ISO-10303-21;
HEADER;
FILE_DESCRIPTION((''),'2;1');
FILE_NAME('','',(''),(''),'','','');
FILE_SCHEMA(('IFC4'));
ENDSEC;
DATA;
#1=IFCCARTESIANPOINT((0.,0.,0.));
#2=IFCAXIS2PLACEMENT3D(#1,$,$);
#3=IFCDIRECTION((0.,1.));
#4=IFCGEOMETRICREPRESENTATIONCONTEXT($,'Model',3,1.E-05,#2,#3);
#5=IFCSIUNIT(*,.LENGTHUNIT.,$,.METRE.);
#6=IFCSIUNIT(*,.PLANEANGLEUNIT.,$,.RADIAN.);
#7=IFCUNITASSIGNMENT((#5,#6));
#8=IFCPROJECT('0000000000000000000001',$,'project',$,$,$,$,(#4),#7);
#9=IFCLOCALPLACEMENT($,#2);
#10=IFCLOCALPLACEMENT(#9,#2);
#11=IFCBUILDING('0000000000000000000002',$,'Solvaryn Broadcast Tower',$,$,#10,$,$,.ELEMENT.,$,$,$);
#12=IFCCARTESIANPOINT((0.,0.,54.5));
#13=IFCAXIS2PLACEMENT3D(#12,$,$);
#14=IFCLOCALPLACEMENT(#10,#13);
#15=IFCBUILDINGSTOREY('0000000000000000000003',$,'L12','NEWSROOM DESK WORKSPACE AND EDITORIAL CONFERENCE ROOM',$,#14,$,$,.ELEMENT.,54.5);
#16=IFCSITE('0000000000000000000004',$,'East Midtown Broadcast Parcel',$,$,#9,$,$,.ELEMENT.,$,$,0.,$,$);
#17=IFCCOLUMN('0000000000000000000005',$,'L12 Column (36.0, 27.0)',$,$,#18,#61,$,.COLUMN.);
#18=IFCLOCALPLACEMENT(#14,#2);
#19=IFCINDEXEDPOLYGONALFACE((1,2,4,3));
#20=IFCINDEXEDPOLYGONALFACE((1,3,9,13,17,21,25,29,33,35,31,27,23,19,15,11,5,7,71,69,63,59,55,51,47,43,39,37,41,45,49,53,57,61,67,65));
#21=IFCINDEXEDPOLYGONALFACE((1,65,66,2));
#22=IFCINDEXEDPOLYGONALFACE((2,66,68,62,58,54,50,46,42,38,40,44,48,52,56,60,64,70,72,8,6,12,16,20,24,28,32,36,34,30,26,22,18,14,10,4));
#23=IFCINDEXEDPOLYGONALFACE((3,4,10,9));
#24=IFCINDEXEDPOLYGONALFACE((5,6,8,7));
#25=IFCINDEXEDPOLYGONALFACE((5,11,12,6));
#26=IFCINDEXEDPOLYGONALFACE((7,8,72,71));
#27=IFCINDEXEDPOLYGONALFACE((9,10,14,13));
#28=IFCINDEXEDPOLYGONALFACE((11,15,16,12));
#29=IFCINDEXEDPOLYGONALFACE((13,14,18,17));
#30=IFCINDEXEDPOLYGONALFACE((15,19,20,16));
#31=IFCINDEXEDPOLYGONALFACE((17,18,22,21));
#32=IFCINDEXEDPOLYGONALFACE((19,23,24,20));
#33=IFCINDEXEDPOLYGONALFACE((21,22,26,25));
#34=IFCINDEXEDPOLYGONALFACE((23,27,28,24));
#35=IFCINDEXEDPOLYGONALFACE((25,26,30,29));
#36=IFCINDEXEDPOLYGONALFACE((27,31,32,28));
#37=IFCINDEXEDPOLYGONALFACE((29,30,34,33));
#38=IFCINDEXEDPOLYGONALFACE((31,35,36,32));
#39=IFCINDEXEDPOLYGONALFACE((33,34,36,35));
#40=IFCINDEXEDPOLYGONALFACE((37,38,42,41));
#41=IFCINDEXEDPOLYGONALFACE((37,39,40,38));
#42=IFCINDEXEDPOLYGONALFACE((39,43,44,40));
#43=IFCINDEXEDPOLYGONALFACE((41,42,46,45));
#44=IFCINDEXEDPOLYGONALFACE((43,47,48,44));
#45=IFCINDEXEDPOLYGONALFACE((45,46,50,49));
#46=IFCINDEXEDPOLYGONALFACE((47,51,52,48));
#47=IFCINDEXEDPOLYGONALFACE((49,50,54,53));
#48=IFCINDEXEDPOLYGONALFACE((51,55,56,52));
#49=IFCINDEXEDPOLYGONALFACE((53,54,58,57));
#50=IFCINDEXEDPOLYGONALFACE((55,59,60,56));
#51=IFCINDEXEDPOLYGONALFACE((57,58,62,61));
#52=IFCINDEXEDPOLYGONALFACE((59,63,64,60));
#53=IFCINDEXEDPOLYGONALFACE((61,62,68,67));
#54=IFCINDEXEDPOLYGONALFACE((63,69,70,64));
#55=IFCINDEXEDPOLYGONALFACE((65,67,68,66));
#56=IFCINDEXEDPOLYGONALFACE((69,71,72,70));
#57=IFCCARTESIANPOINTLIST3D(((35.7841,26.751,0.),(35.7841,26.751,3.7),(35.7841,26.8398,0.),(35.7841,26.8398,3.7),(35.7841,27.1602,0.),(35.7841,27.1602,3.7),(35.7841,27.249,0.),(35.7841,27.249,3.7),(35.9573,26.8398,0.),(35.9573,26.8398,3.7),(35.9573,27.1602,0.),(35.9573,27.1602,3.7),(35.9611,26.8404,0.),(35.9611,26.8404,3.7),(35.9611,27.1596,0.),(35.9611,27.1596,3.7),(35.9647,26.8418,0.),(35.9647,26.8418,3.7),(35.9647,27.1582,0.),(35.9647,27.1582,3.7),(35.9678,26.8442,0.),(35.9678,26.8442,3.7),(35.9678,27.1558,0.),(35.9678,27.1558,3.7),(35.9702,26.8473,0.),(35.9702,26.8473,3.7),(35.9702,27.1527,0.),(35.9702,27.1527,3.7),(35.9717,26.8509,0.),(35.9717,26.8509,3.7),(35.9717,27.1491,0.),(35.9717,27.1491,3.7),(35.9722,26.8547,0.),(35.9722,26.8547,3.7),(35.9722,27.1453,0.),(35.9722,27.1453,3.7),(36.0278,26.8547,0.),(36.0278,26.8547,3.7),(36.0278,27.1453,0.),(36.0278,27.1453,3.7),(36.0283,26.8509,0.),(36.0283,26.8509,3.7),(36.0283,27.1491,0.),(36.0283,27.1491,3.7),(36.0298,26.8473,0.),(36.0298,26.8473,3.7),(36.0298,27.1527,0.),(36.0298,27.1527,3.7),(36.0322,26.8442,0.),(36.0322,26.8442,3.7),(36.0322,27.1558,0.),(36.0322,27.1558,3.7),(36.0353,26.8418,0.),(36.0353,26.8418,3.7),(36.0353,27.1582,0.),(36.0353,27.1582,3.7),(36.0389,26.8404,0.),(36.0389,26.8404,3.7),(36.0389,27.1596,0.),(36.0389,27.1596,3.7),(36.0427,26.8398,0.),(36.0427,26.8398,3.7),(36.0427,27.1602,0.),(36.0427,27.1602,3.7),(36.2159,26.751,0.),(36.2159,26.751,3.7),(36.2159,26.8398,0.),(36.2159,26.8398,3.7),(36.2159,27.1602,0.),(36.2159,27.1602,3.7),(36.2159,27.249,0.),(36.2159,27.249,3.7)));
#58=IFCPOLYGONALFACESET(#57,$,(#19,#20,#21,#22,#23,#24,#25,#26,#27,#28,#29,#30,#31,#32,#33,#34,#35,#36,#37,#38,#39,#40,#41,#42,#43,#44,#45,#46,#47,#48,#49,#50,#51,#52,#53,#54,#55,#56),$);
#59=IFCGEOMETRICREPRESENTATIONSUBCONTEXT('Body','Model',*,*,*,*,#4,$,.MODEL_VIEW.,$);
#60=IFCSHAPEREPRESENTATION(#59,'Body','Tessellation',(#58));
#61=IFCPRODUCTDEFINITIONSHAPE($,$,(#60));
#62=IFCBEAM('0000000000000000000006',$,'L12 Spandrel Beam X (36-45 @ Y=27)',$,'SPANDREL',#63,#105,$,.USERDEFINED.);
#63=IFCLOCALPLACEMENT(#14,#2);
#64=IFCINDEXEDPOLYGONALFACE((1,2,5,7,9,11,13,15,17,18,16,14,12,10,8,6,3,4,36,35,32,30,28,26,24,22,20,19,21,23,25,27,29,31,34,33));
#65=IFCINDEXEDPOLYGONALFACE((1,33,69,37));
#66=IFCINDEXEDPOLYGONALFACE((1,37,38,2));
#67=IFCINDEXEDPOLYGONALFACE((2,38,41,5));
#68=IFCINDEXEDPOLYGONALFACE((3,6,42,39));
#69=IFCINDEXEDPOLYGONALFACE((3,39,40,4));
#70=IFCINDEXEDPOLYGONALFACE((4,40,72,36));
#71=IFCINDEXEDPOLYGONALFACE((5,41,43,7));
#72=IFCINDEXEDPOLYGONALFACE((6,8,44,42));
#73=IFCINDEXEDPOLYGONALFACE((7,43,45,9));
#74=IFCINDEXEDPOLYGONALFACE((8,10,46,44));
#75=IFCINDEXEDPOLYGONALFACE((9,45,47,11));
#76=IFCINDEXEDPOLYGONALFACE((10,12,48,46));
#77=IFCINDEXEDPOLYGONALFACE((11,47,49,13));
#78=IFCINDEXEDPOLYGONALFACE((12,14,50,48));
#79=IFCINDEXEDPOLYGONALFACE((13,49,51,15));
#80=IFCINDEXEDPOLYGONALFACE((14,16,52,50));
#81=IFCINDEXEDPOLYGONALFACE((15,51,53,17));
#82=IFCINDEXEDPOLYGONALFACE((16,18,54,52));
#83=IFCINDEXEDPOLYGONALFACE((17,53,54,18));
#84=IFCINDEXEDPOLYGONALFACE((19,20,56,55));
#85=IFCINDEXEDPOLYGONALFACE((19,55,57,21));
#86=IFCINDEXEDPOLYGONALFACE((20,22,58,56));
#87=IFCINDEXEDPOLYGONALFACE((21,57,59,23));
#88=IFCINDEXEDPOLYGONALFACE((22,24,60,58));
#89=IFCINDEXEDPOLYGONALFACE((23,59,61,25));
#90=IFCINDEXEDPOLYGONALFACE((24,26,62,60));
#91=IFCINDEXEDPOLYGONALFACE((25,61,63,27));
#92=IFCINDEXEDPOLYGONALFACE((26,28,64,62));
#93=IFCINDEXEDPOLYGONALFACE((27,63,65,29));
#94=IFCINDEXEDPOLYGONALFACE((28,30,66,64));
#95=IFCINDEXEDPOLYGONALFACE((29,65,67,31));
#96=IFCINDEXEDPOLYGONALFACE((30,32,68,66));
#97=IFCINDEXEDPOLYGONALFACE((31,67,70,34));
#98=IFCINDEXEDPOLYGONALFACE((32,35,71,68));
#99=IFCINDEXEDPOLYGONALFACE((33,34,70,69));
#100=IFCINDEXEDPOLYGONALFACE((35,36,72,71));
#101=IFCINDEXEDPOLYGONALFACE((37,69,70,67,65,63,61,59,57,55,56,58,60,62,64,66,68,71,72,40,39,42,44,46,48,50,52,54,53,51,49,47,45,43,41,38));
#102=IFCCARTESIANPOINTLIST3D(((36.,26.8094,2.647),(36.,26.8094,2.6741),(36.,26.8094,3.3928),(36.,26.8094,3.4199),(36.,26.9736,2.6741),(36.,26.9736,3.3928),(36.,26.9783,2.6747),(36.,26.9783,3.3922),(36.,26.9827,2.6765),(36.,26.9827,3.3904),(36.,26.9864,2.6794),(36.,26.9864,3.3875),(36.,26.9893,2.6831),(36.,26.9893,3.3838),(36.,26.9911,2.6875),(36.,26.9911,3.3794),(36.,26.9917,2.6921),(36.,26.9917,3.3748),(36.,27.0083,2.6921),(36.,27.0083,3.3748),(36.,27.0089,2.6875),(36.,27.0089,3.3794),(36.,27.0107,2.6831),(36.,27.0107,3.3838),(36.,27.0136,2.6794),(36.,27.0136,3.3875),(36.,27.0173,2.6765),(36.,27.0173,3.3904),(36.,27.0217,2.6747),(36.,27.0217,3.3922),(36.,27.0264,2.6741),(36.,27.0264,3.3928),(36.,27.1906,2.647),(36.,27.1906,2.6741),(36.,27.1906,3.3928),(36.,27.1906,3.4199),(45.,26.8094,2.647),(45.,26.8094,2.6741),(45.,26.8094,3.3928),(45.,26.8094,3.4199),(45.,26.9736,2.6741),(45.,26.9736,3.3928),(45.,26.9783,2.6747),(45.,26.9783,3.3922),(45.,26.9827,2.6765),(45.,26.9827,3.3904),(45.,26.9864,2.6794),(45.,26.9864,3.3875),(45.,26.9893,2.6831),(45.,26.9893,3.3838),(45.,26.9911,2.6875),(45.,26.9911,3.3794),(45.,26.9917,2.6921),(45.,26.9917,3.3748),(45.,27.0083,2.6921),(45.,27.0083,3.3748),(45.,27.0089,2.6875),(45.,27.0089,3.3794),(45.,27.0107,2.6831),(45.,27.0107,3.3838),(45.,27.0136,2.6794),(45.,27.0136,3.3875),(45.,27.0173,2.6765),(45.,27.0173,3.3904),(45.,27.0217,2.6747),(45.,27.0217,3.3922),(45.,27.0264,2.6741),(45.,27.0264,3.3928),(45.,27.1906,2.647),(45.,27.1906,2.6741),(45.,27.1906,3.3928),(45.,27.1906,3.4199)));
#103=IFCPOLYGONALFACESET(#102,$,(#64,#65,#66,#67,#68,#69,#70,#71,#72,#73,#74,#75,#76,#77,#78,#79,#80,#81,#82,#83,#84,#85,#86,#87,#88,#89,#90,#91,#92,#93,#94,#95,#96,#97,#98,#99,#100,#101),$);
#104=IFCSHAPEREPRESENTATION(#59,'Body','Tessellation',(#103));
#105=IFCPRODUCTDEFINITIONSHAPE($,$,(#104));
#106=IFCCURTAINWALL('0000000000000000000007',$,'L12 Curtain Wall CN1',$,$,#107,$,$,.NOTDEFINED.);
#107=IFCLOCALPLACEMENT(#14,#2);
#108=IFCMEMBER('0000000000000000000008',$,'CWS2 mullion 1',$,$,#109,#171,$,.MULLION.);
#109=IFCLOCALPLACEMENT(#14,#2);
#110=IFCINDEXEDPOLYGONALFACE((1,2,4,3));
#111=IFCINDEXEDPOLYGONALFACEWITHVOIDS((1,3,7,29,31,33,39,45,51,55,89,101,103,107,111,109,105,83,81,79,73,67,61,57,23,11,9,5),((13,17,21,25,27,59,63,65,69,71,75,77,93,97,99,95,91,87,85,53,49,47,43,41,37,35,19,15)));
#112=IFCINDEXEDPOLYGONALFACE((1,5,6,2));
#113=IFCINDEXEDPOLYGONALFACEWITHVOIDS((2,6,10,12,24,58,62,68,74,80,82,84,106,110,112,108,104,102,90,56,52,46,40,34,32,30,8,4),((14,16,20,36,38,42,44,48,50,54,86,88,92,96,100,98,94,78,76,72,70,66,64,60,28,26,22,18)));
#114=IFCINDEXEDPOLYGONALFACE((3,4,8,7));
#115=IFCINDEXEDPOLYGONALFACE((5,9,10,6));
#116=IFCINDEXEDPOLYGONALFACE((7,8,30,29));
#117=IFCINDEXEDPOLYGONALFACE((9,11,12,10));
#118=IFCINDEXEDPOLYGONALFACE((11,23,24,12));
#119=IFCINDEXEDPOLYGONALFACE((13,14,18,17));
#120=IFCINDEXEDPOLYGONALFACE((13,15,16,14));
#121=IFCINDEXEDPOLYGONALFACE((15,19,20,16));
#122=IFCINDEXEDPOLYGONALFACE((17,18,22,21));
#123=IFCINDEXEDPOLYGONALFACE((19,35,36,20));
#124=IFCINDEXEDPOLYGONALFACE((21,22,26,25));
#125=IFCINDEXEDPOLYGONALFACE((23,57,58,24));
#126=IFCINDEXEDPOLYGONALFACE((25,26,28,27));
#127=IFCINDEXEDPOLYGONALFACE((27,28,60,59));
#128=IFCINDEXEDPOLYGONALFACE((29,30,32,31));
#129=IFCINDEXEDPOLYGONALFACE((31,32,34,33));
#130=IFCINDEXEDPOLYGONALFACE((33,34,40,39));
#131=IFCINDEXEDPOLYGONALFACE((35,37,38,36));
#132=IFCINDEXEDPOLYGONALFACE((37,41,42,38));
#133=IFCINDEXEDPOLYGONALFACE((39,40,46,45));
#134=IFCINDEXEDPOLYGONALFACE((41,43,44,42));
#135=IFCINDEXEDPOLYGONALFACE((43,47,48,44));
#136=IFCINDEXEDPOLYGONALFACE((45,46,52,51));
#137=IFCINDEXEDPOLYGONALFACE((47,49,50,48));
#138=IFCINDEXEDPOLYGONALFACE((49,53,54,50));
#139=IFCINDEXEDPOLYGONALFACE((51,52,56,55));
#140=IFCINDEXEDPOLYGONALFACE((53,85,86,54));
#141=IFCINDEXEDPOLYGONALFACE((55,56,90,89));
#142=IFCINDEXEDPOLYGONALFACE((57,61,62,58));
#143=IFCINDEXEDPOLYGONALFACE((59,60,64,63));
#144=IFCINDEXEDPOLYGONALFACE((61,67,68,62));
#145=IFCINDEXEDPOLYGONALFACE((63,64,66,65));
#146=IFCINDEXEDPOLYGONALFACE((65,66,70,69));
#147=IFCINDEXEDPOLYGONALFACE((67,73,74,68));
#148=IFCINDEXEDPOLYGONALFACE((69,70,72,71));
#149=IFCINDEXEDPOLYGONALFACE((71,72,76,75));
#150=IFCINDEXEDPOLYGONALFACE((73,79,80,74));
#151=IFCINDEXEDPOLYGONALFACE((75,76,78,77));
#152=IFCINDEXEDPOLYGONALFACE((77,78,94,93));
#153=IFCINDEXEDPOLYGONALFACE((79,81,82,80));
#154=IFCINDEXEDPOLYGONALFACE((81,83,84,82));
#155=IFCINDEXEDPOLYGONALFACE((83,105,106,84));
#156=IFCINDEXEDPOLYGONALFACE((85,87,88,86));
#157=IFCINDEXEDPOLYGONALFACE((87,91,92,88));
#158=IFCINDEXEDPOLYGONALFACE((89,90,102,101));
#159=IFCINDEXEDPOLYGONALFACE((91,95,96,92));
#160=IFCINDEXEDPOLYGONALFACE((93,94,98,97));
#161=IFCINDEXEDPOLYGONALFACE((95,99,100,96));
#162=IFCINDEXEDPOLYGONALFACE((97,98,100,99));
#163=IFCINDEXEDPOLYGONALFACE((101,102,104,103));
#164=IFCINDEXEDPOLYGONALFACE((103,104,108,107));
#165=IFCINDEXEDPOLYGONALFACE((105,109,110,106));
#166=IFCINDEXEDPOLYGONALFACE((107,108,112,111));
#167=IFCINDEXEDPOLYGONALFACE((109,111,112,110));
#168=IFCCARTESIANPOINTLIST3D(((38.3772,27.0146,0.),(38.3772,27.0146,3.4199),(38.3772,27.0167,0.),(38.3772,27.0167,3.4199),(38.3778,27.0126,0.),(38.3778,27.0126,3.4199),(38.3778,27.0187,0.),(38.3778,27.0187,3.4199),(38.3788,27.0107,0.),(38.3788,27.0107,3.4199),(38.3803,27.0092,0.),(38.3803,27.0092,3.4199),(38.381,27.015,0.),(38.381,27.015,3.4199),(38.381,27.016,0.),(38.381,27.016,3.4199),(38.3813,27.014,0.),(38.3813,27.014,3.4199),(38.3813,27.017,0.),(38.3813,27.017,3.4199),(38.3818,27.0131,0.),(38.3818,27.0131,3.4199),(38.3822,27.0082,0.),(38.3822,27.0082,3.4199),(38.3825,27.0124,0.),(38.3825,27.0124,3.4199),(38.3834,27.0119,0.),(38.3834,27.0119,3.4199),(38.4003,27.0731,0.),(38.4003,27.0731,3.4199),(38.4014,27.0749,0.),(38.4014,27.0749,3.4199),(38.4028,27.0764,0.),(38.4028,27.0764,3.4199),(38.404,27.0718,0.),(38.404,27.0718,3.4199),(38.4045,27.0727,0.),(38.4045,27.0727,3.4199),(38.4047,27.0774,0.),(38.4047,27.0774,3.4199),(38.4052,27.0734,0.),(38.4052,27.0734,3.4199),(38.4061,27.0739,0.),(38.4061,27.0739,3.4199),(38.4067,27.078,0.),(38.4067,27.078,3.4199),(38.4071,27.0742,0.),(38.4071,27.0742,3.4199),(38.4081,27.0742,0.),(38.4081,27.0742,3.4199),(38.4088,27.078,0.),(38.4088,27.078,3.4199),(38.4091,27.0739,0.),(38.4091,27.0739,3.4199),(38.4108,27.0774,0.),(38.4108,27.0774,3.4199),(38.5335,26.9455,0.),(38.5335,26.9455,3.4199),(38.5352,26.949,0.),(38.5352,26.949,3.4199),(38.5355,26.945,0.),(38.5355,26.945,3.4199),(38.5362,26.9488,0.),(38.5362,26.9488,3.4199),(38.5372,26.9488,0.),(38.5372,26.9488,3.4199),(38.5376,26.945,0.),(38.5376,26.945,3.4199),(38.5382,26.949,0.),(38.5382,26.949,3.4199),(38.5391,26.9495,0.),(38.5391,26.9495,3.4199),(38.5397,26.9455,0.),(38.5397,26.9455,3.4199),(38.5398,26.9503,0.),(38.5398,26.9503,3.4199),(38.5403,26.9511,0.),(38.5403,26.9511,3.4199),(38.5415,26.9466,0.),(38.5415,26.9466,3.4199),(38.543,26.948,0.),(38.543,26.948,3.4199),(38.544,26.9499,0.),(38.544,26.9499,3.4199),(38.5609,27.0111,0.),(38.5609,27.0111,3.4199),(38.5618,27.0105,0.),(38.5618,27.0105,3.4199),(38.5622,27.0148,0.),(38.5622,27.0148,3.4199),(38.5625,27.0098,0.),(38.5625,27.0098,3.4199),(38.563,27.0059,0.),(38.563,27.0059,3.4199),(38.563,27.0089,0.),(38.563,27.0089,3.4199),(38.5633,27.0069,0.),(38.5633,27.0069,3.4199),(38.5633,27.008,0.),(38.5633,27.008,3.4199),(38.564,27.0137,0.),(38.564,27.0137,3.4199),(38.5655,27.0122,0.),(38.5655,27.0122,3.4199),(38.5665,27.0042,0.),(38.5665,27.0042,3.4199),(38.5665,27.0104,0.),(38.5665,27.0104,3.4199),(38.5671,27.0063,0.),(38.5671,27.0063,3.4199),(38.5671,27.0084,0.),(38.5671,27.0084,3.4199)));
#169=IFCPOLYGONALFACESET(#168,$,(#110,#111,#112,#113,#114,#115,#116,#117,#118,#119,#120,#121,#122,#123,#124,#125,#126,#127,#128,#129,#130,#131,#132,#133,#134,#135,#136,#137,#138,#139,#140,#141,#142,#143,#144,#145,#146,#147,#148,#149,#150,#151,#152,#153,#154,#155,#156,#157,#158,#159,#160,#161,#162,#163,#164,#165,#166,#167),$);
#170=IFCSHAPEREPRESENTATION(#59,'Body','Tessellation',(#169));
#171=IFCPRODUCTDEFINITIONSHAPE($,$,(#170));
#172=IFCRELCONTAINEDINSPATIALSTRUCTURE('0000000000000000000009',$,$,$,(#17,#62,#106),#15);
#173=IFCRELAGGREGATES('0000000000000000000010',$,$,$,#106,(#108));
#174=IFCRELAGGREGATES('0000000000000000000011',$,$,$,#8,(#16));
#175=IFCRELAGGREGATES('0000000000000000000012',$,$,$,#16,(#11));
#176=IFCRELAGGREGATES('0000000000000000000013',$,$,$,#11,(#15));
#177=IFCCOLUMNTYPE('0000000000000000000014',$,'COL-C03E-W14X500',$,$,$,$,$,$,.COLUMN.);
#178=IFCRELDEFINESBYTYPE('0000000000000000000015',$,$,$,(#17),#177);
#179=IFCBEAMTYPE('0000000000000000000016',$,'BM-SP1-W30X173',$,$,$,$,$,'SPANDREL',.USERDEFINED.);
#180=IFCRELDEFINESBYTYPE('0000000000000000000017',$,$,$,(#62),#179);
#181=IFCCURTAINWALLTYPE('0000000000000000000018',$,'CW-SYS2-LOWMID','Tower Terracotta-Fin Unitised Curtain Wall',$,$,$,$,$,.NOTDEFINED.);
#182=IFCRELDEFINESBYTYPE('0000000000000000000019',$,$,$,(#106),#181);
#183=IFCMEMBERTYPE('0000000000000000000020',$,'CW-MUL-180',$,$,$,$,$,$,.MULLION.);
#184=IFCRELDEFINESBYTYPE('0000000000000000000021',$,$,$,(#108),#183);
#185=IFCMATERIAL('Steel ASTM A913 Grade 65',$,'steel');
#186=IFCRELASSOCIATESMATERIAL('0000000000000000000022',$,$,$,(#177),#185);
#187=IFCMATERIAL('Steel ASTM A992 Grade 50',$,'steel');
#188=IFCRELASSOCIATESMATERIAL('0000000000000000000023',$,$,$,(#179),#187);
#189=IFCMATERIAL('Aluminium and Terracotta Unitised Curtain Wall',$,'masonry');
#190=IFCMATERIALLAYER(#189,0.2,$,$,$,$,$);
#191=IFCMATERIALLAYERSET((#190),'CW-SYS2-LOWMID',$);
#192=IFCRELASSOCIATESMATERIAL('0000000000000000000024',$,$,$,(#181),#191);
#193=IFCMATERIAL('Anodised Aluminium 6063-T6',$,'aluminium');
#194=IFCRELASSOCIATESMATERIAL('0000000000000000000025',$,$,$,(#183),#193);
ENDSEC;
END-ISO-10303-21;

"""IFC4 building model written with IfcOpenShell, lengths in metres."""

from ifc_helpers import new_model, si_unit, direction, frame, origin, origin_2d, place, context, subcontext, project, spatial, hollow_rectangle, i_section, extrude, material, layer, layer_set, material_profile, profile_set, type_object, element, aggregate, save


model = new_model("IFC4")

# Units and contexts
model_context = context("Model", 3, precision=1e-05, world=origin(), true_north=direction((0.0, 1.0)))
body_context = subcontext(model_context, "Body", "Model", "MODEL_VIEW")
ifc_project = project(units=[si_unit("LENGTHUNIT", "METRE"), si_unit("PLANEANGLEUNIT", "RADIAN")], contexts=[model_context])

# Site, building, storey
site_placement = place(None, origin())
site = spatial("IfcSite", under=ifc_project, at=site_placement, Name="East Midtown Broadcast Parcel", CompositionType="ELEMENT", RefElevation=0.0)
building_placement = place(site_placement, origin())
building = spatial("IfcBuilding", under=site, at=building_placement, Name="Solvaryn Broadcast Tower", CompositionType="ELEMENT")
storey_placement = place(building_placement, frame((0.0, 0.0, 54.5)))
storey = spatial("IfcBuildingStorey", under=building, at=storey_placement, Name="L12", Description="NEWSROOM DESK WORKSPACE AND EDITORIAL CONFERENCE ROOM", CompositionType="ELEMENT", Elevation=54.5)

# Column
ifc_material_1 = material(Name="Steel ASTM A913 Grade 65", Category="steel")
ifc_material_profile_1 = material_profile(ifc_material_1, i_section(OverallWidth=0.4319, OverallDepth=0.498, WebThickness=0.0557, FlangeThickness=0.0889, FilletRadius=0.0149, at=origin_2d()))
ifc_profile_set_1 = profile_set([ifc_material_profile_1], Name="Steel ASTM A913 Grade 65")
column_type = type_object("IfcColumnType", Name="COL-C03E-W14X500", PredefinedType="COLUMN", material=ifc_profile_set_1)
column_placement = place(storey_placement, frame((36.0, 27.0, 0.0), z_axis=(0.0, 0.0, 1.0), x_axis=(1.0, 0.0, 0.0)))
element("IfcColumn", 1, at=column_placement, inside=storey, type_object=column_type, Name="L12 Column (36.0, 27.0)", PredefinedType="COLUMN", context=body_context, shape_type="SweptSolid", body=[
    extrude(i_section(OverallWidth=0.4319, OverallDepth=0.498, WebThickness=0.0557, FlangeThickness=0.0889, FilletRadius=0.0149, at=origin_2d()), origin(), (0.0, 0.0, 1.0), 3.7),
])

# Beam
ifc_material_2 = material(Name="Steel ASTM A992 Grade 50", Category="steel")
ifc_material_profile_2 = material_profile(ifc_material_2, i_section(OverallWidth=0.3811, OverallDepth=0.7729, WebThickness=0.0166, FlangeThickness=0.0271, FilletRadius=0.0181, at=origin_2d()))
ifc_profile_set_2 = profile_set([ifc_material_profile_2], Name="Steel ASTM A992 Grade 50")
beam_type = type_object("IfcBeamType", Name="BM-SP1-W30X173", ElementType="SPANDREL", PredefinedType="USERDEFINED", material=ifc_profile_set_2)
beam_placement = place(storey_placement, frame((36.0, 27.0, 3.0334), z_axis=(1.0, 0.0, 0.0), x_axis=(0.0, 1.0, 0.0)))
element("IfcBeam", 2, at=beam_placement, inside=storey, type_object=beam_type, Name="L12 Spandrel Beam X (36-45 @ Y=27)", ObjectType="SPANDREL", PredefinedType="USERDEFINED", context=body_context, shape_type="SweptSolid", body=[
    extrude(i_section(OverallWidth=0.3811, OverallDepth=0.7729, WebThickness=0.0166, FlangeThickness=0.0271, FilletRadius=0.0181, at=origin_2d()), origin(), (0.0, 0.0, 1.0), 9.0),
])

# Curtain wall, member
ifc_material_3 = material(Name="Aluminium and Terracotta Unitised Curtain Wall", Category="masonry")
ifc_layer_1 = layer(ifc_material_3, 0.2)
ifc_layer_set_1 = layer_set([ifc_layer_1], Name="CW-SYS2-LOWMID")
curtain_wall_type = type_object("IfcCurtainWallType", Name="CW-SYS2-LOWMID", Description="Tower Terracotta-Fin Unitised Curtain Wall", PredefinedType="NOTDEFINED", material=ifc_layer_set_1)
curtain_wall_1_placement = place(storey_placement, origin())
curtain_wall_1 = element("IfcCurtainWall", 3, at=curtain_wall_1_placement, inside=storey, type_object=curtain_wall_type, Name="L12 Curtain Wall CN1", PredefinedType="NOTDEFINED")
ifc_material_4 = material(Name="Anodised Aluminium 6063-T6", Category="aluminium")
ifc_material_profile_3 = material_profile(ifc_material_4, hollow_rectangle(XDim=0.075, YDim=0.1799, WallThickness=0.0039, InnerFilletRadius=0.0039, OuterFilletRadius=0.0081, at=origin_2d()))
ifc_profile_set_3 = profile_set([ifc_material_profile_3], Name="Anodised Aluminium 6063-T6")
member_type_1 = type_object("IfcMemberType", Name="CW-MUL-180", PredefinedType="MULLION", material=ifc_profile_set_3)
member_1_placement = place(storey_placement, frame((38.4722, 27.0115, 0.0), z_axis=(0.0, 0.0, 1.0), x_axis=(-0.382646, -0.923895, 0.0)))
member_1 = element("IfcMember", 4, at=member_1_placement, type_object=member_type_1, Name="CWS2 mullion 1", PredefinedType="MULLION", context=body_context, shape_type="SweptSolid", body=[
    extrude(hollow_rectangle(XDim=0.075, YDim=0.1799, WallThickness=0.0039, InnerFilletRadius=0.0039, OuterFilletRadius=0.0081, at=origin_2d()), origin(), (0.0, 0.0, 1.0), 3.4199),
])

aggregate(curtain_wall_1, [member_1])

save(model, "model.ifc")
